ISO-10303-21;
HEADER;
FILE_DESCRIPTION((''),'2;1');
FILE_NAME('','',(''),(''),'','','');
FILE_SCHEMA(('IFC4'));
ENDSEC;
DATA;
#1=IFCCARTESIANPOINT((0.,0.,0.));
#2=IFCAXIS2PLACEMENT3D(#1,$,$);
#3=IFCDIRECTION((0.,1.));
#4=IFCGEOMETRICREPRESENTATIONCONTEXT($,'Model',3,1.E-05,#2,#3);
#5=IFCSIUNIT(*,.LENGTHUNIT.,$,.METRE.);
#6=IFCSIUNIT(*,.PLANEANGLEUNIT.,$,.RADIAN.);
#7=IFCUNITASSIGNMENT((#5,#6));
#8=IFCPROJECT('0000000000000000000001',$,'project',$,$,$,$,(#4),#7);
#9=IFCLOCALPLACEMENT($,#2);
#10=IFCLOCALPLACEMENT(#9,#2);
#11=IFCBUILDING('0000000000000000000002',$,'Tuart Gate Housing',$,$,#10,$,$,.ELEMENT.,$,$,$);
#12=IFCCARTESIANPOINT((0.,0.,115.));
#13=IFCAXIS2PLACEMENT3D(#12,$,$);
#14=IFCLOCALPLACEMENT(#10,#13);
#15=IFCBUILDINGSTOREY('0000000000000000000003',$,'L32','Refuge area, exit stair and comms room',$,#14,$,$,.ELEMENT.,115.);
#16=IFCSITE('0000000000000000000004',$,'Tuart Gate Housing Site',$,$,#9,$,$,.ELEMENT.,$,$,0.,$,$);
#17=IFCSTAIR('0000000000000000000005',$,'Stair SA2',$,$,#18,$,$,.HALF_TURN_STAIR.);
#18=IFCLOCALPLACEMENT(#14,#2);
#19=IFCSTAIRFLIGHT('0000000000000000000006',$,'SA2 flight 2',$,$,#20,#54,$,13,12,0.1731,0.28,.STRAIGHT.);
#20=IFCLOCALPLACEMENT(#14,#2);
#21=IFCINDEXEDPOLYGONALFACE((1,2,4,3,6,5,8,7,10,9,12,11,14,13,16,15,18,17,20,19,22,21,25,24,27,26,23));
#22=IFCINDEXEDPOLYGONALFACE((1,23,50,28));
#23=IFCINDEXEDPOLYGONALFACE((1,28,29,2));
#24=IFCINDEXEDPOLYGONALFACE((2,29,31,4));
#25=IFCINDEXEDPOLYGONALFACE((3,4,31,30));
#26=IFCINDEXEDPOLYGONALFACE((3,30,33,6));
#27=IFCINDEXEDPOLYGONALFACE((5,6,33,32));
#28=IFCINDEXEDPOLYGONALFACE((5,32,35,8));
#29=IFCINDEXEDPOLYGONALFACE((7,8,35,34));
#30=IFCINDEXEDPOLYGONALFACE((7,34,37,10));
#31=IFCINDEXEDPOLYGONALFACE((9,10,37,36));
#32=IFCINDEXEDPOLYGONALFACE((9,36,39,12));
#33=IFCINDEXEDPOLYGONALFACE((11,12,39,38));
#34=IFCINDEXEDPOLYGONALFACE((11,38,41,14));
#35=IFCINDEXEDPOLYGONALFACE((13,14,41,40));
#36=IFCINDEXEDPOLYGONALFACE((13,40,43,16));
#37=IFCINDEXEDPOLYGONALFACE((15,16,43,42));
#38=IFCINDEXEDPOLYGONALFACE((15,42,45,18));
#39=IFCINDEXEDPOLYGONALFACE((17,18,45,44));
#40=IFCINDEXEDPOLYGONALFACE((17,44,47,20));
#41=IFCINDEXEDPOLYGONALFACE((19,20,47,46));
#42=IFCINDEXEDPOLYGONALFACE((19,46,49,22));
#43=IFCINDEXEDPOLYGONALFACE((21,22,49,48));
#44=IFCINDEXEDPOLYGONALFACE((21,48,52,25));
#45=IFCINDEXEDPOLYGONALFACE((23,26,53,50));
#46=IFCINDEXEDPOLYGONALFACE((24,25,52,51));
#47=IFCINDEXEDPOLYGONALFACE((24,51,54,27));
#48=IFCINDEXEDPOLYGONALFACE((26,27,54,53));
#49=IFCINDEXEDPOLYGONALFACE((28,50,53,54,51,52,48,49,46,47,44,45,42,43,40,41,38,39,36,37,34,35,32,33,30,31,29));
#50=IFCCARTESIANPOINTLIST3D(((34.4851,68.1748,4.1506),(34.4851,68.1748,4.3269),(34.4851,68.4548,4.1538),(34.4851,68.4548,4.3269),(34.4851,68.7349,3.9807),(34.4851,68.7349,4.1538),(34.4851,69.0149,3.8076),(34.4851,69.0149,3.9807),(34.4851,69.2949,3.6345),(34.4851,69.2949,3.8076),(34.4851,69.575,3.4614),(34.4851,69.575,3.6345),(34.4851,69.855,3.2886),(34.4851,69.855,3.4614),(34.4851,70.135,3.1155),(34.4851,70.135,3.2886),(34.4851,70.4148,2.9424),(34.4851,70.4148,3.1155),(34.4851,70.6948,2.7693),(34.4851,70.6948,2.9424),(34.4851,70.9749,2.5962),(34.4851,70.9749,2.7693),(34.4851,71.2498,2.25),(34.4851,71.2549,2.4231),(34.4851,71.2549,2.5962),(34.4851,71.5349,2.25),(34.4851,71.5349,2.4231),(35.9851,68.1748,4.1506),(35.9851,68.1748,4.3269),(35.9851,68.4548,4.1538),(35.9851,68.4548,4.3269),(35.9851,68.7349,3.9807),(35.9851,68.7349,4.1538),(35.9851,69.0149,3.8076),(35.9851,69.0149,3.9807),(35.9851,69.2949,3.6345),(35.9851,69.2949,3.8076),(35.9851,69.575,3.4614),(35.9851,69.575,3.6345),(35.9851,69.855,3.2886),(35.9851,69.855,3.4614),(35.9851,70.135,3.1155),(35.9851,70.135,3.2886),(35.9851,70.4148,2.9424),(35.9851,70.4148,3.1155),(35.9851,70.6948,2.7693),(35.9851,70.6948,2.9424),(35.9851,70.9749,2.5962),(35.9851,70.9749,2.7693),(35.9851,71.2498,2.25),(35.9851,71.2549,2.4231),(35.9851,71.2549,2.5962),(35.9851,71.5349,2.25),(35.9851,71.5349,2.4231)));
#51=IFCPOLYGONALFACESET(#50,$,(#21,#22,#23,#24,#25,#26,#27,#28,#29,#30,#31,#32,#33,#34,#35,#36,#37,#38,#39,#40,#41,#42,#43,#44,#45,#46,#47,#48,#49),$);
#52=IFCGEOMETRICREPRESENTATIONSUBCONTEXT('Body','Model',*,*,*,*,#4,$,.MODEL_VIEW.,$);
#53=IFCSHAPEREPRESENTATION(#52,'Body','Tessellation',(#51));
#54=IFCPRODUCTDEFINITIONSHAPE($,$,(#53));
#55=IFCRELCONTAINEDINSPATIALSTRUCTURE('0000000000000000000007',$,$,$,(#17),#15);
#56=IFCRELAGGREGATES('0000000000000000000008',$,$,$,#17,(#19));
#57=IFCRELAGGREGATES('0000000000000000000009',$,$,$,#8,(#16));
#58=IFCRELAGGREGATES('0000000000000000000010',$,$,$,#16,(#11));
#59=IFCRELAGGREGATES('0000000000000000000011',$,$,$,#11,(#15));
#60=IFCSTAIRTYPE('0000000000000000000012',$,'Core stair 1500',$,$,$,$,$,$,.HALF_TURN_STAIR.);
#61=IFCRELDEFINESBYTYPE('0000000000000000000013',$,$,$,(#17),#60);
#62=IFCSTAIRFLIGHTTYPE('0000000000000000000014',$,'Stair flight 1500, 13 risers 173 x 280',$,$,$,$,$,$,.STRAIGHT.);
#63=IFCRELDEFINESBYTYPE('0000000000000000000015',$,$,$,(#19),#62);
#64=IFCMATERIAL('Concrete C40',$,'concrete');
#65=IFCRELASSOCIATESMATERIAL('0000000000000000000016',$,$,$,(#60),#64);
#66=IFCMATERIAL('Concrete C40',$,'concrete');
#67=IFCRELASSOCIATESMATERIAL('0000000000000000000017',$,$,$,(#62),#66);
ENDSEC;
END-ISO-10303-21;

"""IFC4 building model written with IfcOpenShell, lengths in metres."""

from ifc_helpers import new_model, si_unit, direction, frame, origin, place, context, subcontext, project, spatial, polyline, outline, extrude, material, type_object, element, aggregate, save


model = new_model("IFC4")

# Units and contexts
model_context = context("Model", 3, precision=1e-05, world=origin(), true_north=direction((0.0, 1.0)))
body_context = subcontext(model_context, "Body", "Model", "MODEL_VIEW")
ifc_project = project(units=[si_unit("LENGTHUNIT", "METRE"), si_unit("PLANEANGLEUNIT", "RADIAN")], contexts=[model_context])

# Site, building, storey
site_placement = place(None, origin())
site = spatial("IfcSite", under=ifc_project, at=site_placement, Name="Tuart Gate Housing Site", CompositionType="ELEMENT", RefElevation=0.0)
building_placement = place(site_placement, origin())
building = spatial("IfcBuilding", under=site, at=building_placement, Name="Tuart Gate Housing", CompositionType="ELEMENT")
storey_placement = place(building_placement, frame((0.0, 0.0, 115.0)))
storey = spatial("IfcBuildingStorey", under=building, at=storey_placement, Name="L32", Description="Refuge area, exit stair and comms room", CompositionType="ELEMENT", Elevation=115.0)

# Stair, stair flight
ifc_material_1 = material(Name="Concrete C40", Category="concrete")
stair_type = type_object("IfcStairType", Name="Core stair 1500", PredefinedType="HALF_TURN_STAIR", material=ifc_material_1)
stair_placement = place(storey_placement, origin())
stair = element("IfcStair", 1, at=stair_placement, inside=storey, type_object=stair_type, Name="Stair SA2", PredefinedType="HALF_TURN_STAIR")
ifc_material_2 = material(Name="Concrete C40", Category="concrete")
stair_flight_type = type_object("IfcStairFlightType", Name="Stair flight 1500, 13 risers 173 x 280", PredefinedType="STRAIGHT", material=ifc_material_2)
stair_flight_placement = place(storey_placement, frame((35.2351, 71.5349, 2.25), z_axis=(0.0, 0.0, 1.0), x_axis=(0.0, -1.0, 0.0)))
stair_flight = element("IfcStairFlight", 2, at=stair_flight_placement, type_object=stair_flight_type, Name="SA2 flight 2", NumberOfRisers=13, NumberOfTreads=12, PredefinedType="STRAIGHT", RiserHeight=0.1731, TreadLength=0.28, context=body_context, shape_type="SweptSolid", body=[
    extrude(outline(polyline([(0.0, 0.0), (0.0, 0.1731), (0.28, 0.1731), (0.28, 0.3462), (0.5601, 0.3462), (0.5601, 0.5193), (0.8401, 0.5193), (0.8401, 0.6924), (1.1201, 0.6924), (1.1201, 0.8655), (1.3999, 0.8655), (1.3999, 1.0386), (1.6799, 1.0386), (1.6799, 1.2114), (1.96, 1.2114), (1.96, 1.3845), (2.24, 1.3845), (2.24, 1.5576), (2.52, 1.5576), (2.52, 1.7307), (2.8, 1.7307), (2.8, 1.9038), (3.0801, 1.9038), (3.0801, 2.0769), (3.3601, 2.0769), (3.3601, 2.25), (3.3601, 1.9006), (0.2852, 0.0), (0.0, 0.0)])), frame((0.0, 0.75, 0.0), z_axis=(0.0, -1.0, 0.0), x_axis=(1.0, 0.0, 0.0)), (0.0, 0.0, 1.0), 1.5),
])
aggregate(stair, [stair_flight])

save(model, "model.ifc")
